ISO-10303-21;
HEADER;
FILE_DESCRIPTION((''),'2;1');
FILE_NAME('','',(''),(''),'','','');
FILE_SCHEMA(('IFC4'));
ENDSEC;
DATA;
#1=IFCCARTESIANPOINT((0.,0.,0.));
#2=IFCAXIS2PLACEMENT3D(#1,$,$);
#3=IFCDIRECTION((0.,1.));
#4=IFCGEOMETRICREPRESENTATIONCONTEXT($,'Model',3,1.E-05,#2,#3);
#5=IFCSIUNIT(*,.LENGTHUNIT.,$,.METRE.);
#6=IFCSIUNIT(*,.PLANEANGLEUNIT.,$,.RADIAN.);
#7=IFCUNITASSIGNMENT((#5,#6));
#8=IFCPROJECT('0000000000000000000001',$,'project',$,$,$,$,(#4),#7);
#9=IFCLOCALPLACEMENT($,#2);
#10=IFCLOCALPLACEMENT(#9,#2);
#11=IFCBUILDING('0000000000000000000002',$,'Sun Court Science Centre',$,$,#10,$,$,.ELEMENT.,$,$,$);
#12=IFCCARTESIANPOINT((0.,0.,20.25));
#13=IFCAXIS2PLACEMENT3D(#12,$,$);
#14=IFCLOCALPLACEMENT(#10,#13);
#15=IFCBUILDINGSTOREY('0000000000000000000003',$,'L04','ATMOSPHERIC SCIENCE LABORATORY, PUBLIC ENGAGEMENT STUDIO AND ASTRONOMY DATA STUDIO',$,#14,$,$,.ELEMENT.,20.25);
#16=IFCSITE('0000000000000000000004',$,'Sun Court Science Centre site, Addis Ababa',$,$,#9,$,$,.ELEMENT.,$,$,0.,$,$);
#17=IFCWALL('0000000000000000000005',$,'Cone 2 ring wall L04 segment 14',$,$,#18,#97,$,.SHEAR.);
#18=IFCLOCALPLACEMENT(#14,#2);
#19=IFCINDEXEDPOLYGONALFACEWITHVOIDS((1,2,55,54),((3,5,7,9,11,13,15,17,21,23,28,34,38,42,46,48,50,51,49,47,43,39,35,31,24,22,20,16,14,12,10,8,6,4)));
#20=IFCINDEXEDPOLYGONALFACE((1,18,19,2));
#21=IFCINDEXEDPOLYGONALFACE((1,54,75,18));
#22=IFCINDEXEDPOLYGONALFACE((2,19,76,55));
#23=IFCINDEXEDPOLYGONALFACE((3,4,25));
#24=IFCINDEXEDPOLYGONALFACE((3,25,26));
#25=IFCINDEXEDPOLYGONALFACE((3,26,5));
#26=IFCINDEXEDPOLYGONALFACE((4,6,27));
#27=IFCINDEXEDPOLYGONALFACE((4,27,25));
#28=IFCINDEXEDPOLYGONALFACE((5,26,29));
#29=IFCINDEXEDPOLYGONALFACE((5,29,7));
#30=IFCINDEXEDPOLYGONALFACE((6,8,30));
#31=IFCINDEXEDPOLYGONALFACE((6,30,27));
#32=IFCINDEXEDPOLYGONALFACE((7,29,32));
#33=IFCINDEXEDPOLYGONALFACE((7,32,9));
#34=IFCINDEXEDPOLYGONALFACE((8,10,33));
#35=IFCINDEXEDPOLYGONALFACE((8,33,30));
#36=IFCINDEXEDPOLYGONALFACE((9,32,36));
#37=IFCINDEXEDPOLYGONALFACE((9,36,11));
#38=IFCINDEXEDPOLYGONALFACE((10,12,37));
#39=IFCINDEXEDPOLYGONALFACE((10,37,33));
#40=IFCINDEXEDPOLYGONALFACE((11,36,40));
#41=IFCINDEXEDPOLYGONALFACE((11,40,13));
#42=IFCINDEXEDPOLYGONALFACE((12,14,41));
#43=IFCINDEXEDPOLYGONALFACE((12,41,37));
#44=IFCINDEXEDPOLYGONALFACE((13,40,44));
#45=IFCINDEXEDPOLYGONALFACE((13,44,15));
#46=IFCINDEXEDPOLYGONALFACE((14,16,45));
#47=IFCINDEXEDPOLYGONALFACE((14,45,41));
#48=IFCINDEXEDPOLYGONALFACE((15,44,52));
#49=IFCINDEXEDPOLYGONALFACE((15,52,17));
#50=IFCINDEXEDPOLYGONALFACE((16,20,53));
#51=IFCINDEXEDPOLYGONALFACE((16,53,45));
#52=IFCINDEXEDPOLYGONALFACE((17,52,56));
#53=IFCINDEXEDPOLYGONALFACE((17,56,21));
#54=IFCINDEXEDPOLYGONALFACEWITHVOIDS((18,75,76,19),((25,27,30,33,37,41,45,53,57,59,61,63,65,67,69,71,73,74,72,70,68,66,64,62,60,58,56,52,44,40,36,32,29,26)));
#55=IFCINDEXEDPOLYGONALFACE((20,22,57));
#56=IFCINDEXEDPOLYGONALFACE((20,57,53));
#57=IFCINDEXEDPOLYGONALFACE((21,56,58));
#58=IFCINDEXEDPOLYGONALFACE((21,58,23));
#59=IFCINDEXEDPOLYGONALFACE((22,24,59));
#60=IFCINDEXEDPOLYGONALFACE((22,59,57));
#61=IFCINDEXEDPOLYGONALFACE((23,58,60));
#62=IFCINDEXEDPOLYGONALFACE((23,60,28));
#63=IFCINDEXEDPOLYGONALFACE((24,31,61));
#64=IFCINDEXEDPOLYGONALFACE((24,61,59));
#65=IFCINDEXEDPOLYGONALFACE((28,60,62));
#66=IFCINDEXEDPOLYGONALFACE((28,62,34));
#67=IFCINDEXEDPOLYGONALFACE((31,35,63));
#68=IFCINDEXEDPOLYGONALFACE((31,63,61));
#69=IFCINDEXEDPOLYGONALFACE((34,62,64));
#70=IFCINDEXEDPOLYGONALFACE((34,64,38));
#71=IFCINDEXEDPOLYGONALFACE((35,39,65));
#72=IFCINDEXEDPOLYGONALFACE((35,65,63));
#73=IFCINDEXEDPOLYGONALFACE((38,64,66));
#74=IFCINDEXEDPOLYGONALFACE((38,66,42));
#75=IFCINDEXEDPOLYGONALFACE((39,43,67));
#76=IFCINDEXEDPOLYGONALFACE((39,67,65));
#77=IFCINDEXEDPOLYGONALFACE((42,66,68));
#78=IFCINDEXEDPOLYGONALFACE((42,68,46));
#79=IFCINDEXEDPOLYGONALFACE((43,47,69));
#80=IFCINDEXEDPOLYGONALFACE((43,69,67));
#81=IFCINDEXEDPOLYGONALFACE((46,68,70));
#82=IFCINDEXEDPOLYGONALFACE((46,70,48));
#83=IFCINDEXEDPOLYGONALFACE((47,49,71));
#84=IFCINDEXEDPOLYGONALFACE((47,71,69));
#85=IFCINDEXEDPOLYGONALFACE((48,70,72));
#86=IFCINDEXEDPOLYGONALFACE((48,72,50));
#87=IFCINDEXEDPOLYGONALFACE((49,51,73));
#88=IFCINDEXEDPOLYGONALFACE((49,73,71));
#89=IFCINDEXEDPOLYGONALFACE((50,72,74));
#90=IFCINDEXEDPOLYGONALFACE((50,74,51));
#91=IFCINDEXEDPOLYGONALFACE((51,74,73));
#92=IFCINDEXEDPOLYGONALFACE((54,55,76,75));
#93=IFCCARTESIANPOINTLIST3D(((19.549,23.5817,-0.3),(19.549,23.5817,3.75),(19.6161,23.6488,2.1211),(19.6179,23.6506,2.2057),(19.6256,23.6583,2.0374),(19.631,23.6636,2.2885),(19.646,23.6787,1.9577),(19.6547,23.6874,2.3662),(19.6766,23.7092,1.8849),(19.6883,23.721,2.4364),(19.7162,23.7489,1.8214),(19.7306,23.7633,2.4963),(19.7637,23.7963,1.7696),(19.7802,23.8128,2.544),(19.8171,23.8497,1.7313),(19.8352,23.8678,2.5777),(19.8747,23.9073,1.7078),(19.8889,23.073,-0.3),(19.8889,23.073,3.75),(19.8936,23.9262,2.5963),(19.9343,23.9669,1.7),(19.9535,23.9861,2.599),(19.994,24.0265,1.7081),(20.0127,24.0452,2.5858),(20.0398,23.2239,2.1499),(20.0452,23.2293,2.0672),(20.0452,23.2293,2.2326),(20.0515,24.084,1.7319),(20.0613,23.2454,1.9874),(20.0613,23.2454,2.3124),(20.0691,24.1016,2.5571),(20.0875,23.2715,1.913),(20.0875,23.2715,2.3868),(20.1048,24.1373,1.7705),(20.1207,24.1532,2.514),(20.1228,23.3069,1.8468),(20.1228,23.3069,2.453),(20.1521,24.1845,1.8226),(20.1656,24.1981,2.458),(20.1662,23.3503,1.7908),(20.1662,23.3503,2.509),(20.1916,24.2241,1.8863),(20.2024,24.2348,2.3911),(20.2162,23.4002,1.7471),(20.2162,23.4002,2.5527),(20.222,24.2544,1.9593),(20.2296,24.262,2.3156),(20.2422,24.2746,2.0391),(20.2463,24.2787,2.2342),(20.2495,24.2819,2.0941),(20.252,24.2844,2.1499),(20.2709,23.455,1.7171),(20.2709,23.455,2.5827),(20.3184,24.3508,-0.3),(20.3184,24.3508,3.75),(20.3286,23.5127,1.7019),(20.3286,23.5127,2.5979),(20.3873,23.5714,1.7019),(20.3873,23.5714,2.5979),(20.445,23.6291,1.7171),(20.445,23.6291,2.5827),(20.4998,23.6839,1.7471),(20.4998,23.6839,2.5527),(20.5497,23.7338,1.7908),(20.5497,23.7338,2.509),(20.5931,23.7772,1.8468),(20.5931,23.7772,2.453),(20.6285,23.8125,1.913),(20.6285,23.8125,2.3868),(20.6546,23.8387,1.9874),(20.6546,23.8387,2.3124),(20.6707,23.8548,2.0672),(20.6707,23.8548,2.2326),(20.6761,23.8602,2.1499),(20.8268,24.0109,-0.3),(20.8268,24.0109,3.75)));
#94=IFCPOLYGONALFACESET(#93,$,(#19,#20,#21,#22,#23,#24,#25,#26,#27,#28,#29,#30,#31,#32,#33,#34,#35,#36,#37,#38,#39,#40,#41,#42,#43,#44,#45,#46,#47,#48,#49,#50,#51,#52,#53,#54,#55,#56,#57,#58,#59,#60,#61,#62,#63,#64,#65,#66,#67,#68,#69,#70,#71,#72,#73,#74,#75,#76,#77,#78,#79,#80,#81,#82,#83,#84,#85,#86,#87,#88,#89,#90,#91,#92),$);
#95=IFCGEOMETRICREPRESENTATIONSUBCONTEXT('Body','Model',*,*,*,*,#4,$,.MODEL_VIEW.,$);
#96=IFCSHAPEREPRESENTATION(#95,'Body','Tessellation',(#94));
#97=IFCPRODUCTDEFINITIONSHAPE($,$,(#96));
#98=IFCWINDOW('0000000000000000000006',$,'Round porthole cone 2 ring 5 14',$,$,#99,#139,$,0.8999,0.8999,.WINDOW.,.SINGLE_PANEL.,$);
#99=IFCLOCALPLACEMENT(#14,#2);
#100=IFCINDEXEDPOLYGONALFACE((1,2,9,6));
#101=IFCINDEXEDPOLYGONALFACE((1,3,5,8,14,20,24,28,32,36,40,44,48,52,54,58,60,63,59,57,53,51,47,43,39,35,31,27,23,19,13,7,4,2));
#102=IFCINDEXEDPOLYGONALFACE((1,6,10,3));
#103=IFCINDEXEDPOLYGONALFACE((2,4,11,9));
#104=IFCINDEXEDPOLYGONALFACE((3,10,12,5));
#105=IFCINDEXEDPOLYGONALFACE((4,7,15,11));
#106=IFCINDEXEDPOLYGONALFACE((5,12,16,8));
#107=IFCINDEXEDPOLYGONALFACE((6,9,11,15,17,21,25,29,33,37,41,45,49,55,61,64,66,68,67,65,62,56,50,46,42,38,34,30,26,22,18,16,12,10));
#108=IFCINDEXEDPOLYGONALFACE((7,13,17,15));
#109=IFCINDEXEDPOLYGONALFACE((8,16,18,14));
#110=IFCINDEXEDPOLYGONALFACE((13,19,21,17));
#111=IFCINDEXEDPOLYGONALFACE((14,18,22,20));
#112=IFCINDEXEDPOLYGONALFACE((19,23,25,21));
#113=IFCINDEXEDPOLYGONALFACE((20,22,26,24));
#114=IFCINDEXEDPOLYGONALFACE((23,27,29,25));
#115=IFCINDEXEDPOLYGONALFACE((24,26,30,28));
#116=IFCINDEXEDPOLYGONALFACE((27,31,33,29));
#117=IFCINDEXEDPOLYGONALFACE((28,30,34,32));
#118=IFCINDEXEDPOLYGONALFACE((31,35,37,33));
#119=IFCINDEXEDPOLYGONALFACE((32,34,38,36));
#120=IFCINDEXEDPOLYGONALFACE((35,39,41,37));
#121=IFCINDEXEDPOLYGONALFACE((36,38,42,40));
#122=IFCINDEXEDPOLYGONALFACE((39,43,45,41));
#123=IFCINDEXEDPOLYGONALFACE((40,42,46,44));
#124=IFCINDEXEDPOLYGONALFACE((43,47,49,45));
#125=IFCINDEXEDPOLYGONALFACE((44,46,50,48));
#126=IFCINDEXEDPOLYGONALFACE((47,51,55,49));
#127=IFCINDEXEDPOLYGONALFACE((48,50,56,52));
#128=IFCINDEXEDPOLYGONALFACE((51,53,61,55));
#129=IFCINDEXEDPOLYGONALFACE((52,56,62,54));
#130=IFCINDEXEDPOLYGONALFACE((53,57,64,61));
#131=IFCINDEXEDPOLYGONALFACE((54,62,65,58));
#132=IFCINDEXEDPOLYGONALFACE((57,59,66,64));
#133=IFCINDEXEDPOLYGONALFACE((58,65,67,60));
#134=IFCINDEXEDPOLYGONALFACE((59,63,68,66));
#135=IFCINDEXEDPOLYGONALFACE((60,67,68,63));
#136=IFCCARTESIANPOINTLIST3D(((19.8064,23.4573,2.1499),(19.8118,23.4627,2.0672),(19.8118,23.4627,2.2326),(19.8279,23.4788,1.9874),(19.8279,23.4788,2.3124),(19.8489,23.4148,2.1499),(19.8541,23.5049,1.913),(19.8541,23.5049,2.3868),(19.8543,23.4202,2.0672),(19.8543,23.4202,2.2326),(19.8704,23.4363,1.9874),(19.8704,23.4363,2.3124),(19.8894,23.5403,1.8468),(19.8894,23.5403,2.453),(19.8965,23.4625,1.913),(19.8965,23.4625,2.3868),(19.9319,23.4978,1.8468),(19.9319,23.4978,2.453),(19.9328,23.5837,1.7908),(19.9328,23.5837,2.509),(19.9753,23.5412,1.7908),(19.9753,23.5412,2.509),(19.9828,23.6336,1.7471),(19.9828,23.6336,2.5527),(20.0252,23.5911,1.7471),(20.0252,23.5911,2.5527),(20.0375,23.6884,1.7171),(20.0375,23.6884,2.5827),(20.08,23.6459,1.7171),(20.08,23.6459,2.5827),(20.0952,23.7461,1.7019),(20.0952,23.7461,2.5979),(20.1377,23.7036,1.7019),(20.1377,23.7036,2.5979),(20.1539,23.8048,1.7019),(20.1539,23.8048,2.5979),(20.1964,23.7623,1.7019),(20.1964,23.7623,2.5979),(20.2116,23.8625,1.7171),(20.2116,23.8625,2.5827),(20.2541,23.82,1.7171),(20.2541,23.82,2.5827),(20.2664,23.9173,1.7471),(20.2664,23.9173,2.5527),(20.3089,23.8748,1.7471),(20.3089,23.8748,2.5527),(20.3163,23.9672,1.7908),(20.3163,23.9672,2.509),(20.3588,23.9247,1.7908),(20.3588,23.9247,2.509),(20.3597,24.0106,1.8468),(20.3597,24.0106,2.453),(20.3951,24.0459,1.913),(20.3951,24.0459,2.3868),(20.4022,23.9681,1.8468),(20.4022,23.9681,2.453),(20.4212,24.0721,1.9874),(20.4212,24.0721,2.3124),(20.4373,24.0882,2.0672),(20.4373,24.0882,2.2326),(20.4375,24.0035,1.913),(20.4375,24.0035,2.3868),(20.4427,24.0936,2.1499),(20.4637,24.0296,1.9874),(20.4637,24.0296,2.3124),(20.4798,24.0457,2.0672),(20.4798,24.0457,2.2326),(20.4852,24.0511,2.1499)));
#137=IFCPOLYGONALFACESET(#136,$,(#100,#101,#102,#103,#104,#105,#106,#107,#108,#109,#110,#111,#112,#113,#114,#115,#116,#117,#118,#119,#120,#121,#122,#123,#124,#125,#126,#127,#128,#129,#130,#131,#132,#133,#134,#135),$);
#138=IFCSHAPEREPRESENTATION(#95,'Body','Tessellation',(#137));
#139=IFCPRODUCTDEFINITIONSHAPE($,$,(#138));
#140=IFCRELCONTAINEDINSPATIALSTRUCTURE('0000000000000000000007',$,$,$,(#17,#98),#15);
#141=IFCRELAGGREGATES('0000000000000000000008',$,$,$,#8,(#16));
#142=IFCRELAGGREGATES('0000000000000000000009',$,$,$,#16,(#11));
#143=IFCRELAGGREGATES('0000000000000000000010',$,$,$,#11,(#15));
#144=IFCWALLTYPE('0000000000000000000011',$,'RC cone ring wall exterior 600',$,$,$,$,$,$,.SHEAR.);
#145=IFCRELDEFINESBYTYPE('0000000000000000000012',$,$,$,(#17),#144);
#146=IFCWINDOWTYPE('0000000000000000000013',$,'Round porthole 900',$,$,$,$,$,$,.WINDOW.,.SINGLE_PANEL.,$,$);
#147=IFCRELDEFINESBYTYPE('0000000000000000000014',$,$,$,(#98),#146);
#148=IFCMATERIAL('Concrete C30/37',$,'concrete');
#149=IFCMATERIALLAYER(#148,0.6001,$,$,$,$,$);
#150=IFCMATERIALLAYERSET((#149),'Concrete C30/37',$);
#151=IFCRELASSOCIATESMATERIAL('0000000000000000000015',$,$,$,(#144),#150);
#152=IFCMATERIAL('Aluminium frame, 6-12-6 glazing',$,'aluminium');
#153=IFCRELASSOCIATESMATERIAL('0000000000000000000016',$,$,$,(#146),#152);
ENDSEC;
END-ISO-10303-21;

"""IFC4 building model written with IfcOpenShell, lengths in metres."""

from ifc_helpers import new_model, si_unit, direction, frame, frame_2d, origin, place, context, subcontext, project, spatial, polyline, circle, outline, extrude, material, layer, layer_set, type_object, element, fill, save


model = new_model("IFC4")

# Units and contexts
model_context = context("Model", 3, precision=1e-05, world=origin(), true_north=direction((0.0, 1.0)))
body_context = subcontext(model_context, "Body", "Model", "MODEL_VIEW")
ifc_project = project(units=[si_unit("LENGTHUNIT", "METRE"), si_unit("PLANEANGLEUNIT", "RADIAN")], contexts=[model_context])

# Site, building, storey
site_placement = place(None, origin())
site = spatial("IfcSite", under=ifc_project, at=site_placement, Name="Sun Court Science Centre site, Addis Ababa", CompositionType="ELEMENT", RefElevation=0.0)
building_placement = place(site_placement, origin())
building = spatial("IfcBuilding", under=site, at=building_placement, Name="Sun Court Science Centre", CompositionType="ELEMENT")
storey_placement = place(building_placement, frame((0.0, 0.0, 20.25)))
storey = spatial("IfcBuildingStorey", under=building, at=storey_placement, Name="L04", Description="ATMOSPHERIC SCIENCE LABORATORY, PUBLIC ENGAGEMENT STUDIO AND ASTRONOMY DATA STUDIO", CompositionType="ELEMENT", Elevation=20.25)

# Wall, opening, window
ifc_material_1 = material(Name="Concrete C30/37", Category="concrete")
ifc_layer = layer(ifc_material_1, 0.6001)
ifc_layer_set = layer_set([ifc_layer], Name="Concrete C30/37")
wall_type = type_object("IfcWallType", Name="RC cone ring wall exterior 600", PredefinedType="SHEAR", material=ifc_layer_set)
ifc_material_2 = material(Name="Aluminium frame, 6-12-6 glazing", Category="aluminium")
window_type = type_object("IfcWindowType", Name="Round porthole 900", PartitioningType="SINGLE_PANEL", PredefinedType="WINDOW", material=ifc_material_2)
wall_1_placement = place(storey_placement, frame((19.6768, 23.2852, -0.3), z_axis=(0.0, 0.0, 1.0), x_axis=(0.707107, 0.707107, 0.0)))
wall_1 = element("IfcWall", 1, at=wall_1_placement, inside=storey, type_object=wall_type, Name="Cone 2 ring wall L04 segment 14", PredefinedType="SHEAR", context=body_context, shape_type="SweptSolid", body=[
    extrude(outline(polyline([(0.0, -0.3), (1.3264, -0.3), (1.2073, 0.2998), (0.1194, 0.3), (0.0, -0.3)])), origin(), (0.0, 0.0, 1.0), 4.05),
])
opening_1_placement = place(wall_1_placement, frame((0.2134, 0.0, 2.0)))
opening_1 = element("IfcOpeningElement", 2, at=opening_1_placement, cuts=wall_1, PredefinedType="OPENING", context=body_context, shape_type="SweptSolid", body=[
    extrude(circle(Radius=0.45, at=frame_2d((0.45, 0.45))), frame((0.0, 0.3101, 0.0), z_axis=(0.0, -1.0, 0.0), x_axis=(1.0, 0.0, 0.0)), (0.0, 0.0, 1.0), 0.6201),
])
window_1_placement = place(opening_1_placement, origin())
window_1 = element("IfcWindow", 3, at=window_1_placement, inside=storey, type_object=window_type, Name="Round porthole cone 2 ring 5 14", OverallHeight=0.8999, OverallWidth=0.8999, PartitioningType="SINGLE_PANEL", PredefinedType="WINDOW", context=body_context, shape_type="SweptSolid", body=[
    extrude(circle(Radius=0.45, at=frame_2d((0.45, 0.45))), frame((0.0, 0.03, 0.0), z_axis=(0.0, -1.0, 0.0), x_axis=(1.0, 0.0, 0.0)), (0.0, 0.0, 1.0), 0.0601),
])
fill(opening_1, window_1)

save(model, "model.ifc")
